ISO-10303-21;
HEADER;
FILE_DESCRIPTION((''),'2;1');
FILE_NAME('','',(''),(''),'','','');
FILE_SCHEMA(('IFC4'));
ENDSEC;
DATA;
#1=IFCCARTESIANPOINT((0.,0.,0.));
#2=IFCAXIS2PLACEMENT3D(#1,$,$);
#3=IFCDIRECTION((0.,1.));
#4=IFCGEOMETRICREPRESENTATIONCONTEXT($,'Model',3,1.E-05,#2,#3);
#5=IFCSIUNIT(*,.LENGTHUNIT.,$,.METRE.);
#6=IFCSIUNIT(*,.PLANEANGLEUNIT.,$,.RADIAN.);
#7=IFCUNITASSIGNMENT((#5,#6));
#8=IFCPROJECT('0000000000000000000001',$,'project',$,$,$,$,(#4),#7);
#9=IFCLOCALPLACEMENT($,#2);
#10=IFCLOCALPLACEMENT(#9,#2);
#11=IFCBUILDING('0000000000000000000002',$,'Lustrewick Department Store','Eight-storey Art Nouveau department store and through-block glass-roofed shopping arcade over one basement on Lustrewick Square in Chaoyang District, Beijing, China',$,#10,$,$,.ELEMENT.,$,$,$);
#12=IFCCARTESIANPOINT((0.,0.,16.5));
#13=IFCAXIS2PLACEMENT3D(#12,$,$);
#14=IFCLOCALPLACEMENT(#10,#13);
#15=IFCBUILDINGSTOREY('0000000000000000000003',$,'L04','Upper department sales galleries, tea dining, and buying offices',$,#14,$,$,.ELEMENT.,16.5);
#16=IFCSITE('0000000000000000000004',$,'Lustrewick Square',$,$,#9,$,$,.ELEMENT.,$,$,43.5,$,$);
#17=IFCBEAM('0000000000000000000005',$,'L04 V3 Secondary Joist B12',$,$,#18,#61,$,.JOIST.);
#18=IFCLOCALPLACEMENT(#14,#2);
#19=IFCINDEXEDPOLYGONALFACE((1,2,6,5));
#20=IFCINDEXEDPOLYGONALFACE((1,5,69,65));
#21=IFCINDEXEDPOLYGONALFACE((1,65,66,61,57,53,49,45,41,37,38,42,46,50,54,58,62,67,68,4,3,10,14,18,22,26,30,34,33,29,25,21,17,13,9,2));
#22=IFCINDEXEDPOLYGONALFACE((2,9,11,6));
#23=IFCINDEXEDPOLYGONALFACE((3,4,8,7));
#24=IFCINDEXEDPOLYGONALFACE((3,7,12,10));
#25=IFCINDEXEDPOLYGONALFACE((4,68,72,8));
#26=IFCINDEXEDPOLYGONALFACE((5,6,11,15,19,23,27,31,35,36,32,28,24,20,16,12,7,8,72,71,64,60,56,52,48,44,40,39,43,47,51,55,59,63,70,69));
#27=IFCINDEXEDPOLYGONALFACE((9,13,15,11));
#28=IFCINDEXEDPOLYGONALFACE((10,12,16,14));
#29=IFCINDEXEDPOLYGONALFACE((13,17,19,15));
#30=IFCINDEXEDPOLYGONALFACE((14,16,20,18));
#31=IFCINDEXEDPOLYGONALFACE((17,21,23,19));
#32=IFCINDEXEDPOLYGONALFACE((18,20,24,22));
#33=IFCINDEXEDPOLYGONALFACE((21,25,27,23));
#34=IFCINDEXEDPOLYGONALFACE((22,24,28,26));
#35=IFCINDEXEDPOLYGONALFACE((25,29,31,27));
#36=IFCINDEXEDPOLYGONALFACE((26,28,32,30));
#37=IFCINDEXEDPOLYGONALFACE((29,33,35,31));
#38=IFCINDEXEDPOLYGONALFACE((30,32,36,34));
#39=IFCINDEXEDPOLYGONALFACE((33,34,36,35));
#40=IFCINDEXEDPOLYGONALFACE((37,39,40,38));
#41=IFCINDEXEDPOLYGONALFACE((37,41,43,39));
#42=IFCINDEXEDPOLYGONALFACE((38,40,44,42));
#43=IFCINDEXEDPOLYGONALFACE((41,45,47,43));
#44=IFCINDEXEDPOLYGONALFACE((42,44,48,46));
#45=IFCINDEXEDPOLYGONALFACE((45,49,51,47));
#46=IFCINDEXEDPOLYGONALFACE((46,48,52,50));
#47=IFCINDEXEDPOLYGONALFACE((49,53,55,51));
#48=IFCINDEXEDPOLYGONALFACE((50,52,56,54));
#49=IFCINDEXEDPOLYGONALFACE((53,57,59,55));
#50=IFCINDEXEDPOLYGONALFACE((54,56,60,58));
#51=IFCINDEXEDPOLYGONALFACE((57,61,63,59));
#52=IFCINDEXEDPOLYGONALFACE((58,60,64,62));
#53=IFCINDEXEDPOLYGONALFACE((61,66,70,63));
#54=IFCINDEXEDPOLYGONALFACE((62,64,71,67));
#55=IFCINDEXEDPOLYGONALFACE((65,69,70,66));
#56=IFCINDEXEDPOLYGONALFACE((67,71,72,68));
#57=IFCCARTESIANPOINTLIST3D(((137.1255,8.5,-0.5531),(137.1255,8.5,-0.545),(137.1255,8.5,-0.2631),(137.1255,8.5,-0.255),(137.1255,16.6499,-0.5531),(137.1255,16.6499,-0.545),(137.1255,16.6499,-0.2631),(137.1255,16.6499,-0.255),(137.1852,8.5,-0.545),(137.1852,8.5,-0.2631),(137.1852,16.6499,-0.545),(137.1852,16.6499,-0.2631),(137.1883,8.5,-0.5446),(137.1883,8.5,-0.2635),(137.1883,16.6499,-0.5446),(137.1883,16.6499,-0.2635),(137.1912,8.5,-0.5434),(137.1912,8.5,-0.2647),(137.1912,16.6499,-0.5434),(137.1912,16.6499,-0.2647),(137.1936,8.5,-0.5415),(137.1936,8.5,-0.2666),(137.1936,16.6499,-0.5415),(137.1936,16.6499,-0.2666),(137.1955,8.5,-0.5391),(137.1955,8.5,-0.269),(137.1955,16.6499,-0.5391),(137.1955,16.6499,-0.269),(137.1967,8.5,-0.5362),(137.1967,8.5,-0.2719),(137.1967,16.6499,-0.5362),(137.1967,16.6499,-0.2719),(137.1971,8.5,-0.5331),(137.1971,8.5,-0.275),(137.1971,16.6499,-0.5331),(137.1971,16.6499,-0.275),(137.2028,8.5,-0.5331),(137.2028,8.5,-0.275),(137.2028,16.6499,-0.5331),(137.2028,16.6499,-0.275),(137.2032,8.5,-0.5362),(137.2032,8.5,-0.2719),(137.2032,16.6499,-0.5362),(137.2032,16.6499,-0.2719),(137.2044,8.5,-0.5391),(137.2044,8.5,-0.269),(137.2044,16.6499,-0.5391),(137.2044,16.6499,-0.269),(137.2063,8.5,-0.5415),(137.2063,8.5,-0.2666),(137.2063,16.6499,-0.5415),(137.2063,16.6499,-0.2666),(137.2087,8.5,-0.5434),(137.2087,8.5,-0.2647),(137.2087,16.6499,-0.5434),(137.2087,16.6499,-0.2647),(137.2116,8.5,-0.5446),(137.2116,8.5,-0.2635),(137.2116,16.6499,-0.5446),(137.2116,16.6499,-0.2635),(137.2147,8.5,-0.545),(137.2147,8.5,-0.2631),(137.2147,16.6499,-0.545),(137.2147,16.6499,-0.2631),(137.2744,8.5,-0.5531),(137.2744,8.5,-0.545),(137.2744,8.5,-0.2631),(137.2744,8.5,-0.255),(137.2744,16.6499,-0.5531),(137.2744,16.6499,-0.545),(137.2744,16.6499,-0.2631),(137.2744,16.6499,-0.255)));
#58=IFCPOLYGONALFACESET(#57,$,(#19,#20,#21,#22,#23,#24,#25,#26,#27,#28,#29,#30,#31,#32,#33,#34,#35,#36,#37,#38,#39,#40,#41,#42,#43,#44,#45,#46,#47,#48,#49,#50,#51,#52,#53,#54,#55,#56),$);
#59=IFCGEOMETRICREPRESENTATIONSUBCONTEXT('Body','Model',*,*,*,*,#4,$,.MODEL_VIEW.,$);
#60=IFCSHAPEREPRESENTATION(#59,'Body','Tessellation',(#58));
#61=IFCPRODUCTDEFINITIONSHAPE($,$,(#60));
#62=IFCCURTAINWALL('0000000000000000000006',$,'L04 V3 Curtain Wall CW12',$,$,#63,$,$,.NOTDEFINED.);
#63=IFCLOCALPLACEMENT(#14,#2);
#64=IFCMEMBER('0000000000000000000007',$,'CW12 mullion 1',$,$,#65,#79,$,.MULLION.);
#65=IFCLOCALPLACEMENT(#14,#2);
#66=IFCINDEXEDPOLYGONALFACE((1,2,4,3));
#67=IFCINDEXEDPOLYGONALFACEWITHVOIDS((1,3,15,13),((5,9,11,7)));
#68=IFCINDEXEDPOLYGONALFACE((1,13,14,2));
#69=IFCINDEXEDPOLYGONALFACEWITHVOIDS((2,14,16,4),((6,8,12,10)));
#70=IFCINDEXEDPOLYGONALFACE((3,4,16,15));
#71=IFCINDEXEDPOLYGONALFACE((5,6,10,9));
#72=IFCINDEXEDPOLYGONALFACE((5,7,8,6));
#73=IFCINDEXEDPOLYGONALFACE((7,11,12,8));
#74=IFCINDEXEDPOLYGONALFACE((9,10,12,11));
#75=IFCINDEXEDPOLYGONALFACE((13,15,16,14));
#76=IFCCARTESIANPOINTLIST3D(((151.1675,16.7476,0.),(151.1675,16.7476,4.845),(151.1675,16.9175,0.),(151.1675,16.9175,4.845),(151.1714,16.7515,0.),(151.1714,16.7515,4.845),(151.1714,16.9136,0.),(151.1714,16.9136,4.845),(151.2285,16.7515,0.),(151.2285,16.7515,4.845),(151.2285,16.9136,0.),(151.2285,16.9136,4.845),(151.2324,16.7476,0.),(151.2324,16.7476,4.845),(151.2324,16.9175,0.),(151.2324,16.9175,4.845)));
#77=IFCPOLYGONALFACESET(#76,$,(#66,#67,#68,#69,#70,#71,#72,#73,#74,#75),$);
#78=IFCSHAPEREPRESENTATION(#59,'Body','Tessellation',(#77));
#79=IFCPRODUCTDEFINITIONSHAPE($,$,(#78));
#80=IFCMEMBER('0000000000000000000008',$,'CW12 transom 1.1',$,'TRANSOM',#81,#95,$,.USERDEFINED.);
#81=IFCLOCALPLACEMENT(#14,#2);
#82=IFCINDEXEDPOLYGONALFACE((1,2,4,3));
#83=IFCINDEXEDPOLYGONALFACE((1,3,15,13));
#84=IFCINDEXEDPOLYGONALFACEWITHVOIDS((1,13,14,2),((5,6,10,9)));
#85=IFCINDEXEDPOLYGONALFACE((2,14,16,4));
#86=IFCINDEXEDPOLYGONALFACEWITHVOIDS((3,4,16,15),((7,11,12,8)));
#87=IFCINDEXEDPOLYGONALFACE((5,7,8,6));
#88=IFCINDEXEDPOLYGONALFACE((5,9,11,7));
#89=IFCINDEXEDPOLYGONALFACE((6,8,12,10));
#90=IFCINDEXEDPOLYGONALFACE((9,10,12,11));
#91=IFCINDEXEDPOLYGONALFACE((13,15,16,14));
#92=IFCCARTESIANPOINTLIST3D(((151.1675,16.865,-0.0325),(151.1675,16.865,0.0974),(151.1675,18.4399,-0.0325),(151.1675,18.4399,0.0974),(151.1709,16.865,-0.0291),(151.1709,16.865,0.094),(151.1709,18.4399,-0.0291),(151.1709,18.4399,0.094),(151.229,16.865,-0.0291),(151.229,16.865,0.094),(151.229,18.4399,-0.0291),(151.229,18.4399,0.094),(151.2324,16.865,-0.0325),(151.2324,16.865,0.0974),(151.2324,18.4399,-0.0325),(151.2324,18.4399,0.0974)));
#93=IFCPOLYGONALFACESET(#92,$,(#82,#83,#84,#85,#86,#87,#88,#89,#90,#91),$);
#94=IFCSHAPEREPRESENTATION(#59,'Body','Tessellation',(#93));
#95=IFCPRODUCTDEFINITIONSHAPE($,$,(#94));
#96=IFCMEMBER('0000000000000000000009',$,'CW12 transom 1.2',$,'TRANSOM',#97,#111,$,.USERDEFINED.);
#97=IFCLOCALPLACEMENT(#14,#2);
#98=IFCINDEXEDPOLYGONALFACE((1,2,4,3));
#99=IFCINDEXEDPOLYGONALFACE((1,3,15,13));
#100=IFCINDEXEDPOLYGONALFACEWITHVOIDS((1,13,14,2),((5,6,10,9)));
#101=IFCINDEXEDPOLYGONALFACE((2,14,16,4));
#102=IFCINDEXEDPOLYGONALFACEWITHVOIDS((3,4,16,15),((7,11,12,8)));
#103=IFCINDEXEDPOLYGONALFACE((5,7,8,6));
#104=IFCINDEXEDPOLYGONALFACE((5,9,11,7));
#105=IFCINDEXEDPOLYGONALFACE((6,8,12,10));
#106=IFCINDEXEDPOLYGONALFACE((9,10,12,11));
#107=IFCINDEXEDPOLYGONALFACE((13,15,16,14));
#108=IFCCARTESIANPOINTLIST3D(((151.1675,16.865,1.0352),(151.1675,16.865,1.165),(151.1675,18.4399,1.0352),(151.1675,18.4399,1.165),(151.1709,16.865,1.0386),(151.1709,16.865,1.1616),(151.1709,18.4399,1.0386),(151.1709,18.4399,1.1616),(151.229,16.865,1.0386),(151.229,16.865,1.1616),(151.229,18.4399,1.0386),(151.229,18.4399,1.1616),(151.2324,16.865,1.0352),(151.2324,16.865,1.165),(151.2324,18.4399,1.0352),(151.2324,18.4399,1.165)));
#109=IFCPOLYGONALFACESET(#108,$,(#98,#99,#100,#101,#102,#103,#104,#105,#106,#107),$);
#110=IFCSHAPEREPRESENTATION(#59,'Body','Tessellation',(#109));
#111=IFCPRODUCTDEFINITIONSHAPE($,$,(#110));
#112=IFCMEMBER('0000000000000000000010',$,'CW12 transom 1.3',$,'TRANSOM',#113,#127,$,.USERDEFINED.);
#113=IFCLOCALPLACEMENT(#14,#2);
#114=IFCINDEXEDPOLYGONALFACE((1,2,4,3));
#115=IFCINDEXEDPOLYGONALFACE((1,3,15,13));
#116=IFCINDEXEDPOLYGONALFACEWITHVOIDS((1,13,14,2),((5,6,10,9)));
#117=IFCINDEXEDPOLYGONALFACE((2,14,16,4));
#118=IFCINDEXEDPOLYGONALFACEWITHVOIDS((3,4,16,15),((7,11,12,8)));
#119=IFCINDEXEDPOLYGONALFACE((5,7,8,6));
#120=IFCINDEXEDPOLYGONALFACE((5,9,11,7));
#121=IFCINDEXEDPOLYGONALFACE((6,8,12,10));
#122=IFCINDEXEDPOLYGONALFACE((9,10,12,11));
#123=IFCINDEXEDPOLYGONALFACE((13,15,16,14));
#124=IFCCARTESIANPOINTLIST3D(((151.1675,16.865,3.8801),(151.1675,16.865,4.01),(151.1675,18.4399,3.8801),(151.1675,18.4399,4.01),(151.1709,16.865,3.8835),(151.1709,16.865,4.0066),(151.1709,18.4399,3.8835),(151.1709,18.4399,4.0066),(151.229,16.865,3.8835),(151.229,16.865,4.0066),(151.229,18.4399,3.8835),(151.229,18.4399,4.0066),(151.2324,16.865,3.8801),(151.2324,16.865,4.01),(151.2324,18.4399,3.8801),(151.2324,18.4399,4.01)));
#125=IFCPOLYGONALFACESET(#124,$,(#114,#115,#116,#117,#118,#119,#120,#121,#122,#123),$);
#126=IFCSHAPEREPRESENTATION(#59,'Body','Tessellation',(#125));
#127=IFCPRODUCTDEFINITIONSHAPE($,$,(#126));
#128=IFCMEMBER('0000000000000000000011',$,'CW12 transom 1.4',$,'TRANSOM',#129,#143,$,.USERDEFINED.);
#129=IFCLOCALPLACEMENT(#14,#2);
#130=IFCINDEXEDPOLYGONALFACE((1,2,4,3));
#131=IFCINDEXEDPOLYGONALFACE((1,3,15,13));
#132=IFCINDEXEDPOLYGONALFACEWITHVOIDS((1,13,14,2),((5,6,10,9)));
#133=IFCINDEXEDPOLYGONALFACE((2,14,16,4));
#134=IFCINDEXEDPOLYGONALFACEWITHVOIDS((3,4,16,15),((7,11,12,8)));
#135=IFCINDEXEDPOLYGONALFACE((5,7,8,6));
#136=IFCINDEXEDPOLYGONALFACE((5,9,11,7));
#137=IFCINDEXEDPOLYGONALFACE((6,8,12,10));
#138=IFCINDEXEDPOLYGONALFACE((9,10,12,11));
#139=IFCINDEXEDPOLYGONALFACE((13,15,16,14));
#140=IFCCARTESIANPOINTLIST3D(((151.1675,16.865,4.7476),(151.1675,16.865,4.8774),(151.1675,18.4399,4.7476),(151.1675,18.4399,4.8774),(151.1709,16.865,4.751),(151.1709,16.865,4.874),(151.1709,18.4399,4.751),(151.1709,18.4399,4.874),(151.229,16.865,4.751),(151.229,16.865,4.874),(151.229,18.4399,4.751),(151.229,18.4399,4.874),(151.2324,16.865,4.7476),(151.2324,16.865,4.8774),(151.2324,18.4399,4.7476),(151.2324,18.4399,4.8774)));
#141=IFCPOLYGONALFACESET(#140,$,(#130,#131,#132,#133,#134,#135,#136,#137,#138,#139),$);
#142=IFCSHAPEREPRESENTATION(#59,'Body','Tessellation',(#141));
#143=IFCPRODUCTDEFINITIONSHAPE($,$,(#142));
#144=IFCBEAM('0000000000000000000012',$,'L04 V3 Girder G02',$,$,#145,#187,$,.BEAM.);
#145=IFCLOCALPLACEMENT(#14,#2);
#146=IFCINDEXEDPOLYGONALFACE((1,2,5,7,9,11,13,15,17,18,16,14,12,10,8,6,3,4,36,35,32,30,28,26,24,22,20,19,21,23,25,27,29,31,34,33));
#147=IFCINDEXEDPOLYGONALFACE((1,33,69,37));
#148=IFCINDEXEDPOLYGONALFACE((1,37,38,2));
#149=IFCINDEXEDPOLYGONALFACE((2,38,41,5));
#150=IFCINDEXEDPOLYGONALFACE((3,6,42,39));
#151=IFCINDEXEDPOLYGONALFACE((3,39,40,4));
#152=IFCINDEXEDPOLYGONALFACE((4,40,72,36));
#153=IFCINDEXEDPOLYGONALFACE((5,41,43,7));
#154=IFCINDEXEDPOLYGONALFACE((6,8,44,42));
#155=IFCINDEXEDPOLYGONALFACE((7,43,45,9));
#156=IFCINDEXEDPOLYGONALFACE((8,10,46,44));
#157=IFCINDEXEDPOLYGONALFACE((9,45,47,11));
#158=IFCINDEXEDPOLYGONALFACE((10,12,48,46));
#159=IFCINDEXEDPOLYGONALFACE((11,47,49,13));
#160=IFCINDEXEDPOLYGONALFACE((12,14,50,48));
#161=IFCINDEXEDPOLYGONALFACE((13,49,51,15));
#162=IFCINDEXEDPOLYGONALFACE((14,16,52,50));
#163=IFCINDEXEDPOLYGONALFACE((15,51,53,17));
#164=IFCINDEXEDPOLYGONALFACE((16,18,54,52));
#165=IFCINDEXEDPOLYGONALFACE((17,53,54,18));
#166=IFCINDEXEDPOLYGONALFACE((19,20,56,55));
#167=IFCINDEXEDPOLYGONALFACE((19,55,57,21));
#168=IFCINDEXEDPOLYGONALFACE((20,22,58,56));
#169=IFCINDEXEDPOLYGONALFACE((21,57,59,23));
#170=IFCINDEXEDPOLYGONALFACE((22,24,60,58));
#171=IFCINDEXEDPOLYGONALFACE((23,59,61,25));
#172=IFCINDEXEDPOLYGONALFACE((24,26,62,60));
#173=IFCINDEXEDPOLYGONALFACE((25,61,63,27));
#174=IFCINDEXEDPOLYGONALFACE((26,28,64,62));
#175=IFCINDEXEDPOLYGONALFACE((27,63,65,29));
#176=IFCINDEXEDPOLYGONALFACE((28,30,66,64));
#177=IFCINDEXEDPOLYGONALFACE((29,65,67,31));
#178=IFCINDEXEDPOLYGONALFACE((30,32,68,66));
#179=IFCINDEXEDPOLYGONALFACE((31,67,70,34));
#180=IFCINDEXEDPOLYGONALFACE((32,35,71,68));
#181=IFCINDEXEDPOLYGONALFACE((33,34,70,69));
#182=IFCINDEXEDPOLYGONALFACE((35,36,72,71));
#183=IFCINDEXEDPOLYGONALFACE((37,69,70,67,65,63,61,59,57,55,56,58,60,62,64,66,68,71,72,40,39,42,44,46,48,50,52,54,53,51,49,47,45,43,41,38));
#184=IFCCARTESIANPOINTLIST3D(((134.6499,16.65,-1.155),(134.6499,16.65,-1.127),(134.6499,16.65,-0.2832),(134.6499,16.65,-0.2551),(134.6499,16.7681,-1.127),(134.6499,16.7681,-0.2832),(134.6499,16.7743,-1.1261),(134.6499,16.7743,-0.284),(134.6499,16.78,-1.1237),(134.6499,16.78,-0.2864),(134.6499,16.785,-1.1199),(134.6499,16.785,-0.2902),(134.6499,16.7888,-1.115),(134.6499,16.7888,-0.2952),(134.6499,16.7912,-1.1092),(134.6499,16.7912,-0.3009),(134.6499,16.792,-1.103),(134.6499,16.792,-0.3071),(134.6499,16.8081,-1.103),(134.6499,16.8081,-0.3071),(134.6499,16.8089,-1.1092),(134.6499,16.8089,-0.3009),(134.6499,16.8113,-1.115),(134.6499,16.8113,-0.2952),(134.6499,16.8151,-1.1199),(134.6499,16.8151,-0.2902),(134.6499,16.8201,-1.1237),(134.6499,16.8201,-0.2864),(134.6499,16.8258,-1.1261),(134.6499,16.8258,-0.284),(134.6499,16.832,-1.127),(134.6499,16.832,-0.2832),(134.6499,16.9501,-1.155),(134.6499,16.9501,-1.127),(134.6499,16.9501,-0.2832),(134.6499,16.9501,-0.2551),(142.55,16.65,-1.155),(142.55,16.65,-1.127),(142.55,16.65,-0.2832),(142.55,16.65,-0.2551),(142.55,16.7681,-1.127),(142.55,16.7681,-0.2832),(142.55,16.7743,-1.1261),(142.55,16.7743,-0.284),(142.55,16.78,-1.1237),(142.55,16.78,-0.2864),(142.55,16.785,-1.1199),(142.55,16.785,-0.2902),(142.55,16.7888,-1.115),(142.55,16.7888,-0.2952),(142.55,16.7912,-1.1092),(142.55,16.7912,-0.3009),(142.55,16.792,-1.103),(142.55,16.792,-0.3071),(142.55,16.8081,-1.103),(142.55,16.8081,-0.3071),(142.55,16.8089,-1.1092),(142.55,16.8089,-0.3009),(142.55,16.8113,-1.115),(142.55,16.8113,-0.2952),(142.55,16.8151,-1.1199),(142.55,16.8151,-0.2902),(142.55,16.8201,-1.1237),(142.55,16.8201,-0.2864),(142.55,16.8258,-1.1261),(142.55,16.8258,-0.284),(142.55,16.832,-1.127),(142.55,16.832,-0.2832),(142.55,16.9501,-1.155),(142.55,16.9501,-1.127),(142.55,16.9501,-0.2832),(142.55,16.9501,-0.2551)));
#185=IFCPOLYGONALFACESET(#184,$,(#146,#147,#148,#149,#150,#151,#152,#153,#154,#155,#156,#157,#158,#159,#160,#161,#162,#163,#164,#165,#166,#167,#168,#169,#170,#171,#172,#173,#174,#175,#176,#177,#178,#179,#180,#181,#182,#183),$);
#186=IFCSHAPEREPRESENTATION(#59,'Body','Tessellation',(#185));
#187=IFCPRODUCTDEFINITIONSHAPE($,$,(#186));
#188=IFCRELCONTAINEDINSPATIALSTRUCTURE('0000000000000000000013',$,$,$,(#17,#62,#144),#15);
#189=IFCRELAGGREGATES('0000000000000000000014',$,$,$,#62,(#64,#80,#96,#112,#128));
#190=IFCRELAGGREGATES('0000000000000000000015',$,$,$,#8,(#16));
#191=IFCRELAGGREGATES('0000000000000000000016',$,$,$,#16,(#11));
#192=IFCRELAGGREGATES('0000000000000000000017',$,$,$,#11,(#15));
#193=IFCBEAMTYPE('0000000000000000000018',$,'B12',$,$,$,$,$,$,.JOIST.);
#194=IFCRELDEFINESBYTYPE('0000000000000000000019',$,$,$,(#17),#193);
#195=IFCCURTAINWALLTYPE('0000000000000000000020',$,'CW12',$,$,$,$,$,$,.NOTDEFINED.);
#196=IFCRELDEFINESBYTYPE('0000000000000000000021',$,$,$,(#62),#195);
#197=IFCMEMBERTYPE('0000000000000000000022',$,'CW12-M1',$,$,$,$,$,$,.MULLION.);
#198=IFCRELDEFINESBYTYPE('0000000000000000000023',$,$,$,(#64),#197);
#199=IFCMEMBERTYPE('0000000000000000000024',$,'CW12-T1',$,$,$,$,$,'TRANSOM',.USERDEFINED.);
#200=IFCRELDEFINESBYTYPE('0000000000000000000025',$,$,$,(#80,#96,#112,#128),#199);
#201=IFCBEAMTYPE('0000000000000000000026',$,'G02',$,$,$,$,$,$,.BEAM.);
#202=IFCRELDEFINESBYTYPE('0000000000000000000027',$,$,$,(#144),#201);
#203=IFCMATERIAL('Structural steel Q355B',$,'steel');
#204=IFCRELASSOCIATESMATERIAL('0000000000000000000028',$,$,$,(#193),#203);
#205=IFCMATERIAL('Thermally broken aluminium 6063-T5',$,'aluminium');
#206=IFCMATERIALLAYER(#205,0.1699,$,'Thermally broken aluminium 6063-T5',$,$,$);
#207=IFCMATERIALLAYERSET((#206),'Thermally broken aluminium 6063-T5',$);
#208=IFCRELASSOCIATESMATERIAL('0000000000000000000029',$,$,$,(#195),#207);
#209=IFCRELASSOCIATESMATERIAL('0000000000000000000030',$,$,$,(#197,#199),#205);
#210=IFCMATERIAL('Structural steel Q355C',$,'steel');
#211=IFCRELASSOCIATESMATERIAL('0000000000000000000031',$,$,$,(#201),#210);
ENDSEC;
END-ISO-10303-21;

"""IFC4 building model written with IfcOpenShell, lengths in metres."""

from ifc_helpers import new_model, si_unit, direction, frame, origin, origin_2d, place, context, subcontext, project, spatial, hollow_rectangle, i_section, extrude, material, layer, layer_set, material_profile, profile_set, type_object, element, aggregate, save


model = new_model("IFC4")

# Units and contexts
model_context = context("Model", 3, precision=1e-05, world=origin(), true_north=direction((0.0, 1.0)))
body_context = subcontext(model_context, "Body", "Model", "MODEL_VIEW")
ifc_project = project(units=[si_unit("LENGTHUNIT", "METRE"), si_unit("PLANEANGLEUNIT", "RADIAN")], contexts=[model_context])

# Site, building, storey
site_placement = place(None, origin())
site = spatial("IfcSite", under=ifc_project, at=site_placement, Name="Lustrewick Square", CompositionType="ELEMENT", RefElevation=43.5)
building_placement = place(site_placement, origin())
building = spatial("IfcBuilding", under=site, at=building_placement, Name="Lustrewick Department Store", Description="Eight-storey Art Nouveau department store and through-block glass-roofed shopping arcade over one basement on Lustrewick Square in Chaoyang District, Beijing, China", CompositionType="ELEMENT")
storey_placement = place(building_placement, frame((0.0, 0.0, 16.5)))
storey = spatial("IfcBuildingStorey", under=building, at=storey_placement, Name="L04", Description="Upper department sales galleries, tea dining, and buying offices", CompositionType="ELEMENT", Elevation=16.5)

# Shared definitions
ifc_material_1 = material(Name="Structural steel Q355C", Category="steel")

# Beam
ifc_material_2 = material(Name="Structural steel Q355B", Category="steel")
ifc_material_profile_1 = material_profile(ifc_material_2, i_section(OverallWidth=0.1489, OverallDepth=0.2981, WebThickness=0.0056, FlangeThickness=0.0081, FilletRadius=0.012, at=origin_2d()), Name="HN 298x149x5.5x8")
ifc_profile_set_1 = profile_set([ifc_material_profile_1], Name="Structural steel Q355B")
beam_type_1 = type_object("IfcBeamType", Name="B12", PredefinedType="JOIST", material=ifc_profile_set_1)
beam_1_placement = place(storey_placement, frame((137.2, 8.5, -0.4041), z_axis=(0.0, 1.0, 0.0), x_axis=(-1.0, 0.0, 0.0)))
element("IfcBeam", 1, at=beam_1_placement, inside=storey, type_object=beam_type_1, Name="L04 V3 Secondary Joist B12", PredefinedType="JOIST", context=body_context, shape_type="SweptSolid", body=[
    extrude(i_section(OverallWidth=0.1489, OverallDepth=0.2981, WebThickness=0.0056, FlangeThickness=0.0081, FilletRadius=0.012, at=origin_2d()), origin(), (0.0, 0.0, 1.0), 8.1499),
])

# Curtain wall, members
ifc_material_3 = material(Name="Thermally broken aluminium 6063-T5", Category="aluminium")
ifc_layer_1 = layer(ifc_material_3, 0.1699, Name="Thermally broken aluminium 6063-T5")
ifc_layer_set_1 = layer_set([ifc_layer_1], Name="Thermally broken aluminium 6063-T5")
curtain_wall_type = type_object("IfcCurtainWallType", Name="CW12", PredefinedType="NOTDEFINED", material=ifc_layer_set_1)
curtain_wall_placement = place(storey_placement, origin())
curtain_wall = element("IfcCurtainWall", 2, at=curtain_wall_placement, inside=storey, type_object=curtain_wall_type, Name="L04 V3 Curtain Wall CW12", PredefinedType="NOTDEFINED")
ifc_material_profile_2 = material_profile(ifc_material_3, hollow_rectangle(XDim=0.0649, YDim=0.1699, WallThickness=0.0039, at=origin_2d()), Name="ALU-M 65x170x4")
ifc_profile_set_2 = profile_set([ifc_material_profile_2], Name="Thermally broken aluminium 6063-T5")
member_type_1 = type_object("IfcMemberType", Name="CW12-M1", PredefinedType="MULLION", material=ifc_profile_set_2)
member_1_placement = place(storey_placement, frame((151.2, 16.8325, 0.0), z_axis=(0.0, 0.0, 1.0), x_axis=(-1.0, 0.0, 0.0)))
member_1 = element("IfcMember", 3, at=member_1_placement, type_object=member_type_1, Name="CW12 mullion 1", PredefinedType="MULLION", context=body_context, shape_type="SweptSolid", body=[
    extrude(hollow_rectangle(XDim=0.0649, YDim=0.1699, WallThickness=0.0039, at=origin_2d()), origin(), (0.0, 0.0, 1.0), 4.845),
])
ifc_material_profile_3 = material_profile(ifc_material_3, hollow_rectangle(XDim=0.0649, YDim=0.1299, WallThickness=0.0034, at=origin_2d()), Name="ALU-T 65x130x3.5")
ifc_profile_set_3 = profile_set([ifc_material_profile_3], Name="Thermally broken aluminium 6063-T5")
member_type_2 = type_object("IfcMemberType", Name="CW12-T1", ElementType="TRANSOM", PredefinedType="USERDEFINED", material=ifc_profile_set_3)
member_2_placement = place(storey_placement, frame((151.2, 16.865, 0.0325), z_axis=(0.0, 1.0, 0.0), x_axis=(-1.0, 0.0, 0.0)))
member_2 = element("IfcMember", 4, at=member_2_placement, type_object=member_type_2, Name="CW12 transom 1.1", ObjectType="TRANSOM", PredefinedType="USERDEFINED", context=body_context, shape_type="SweptSolid", body=[
    extrude(hollow_rectangle(XDim=0.0649, YDim=0.1299, WallThickness=0.0034, at=origin_2d()), origin(), (0.0, 0.0, 1.0), 1.575),
])
member_3_placement = place(storey_placement, frame((151.2, 16.865, 1.1001), z_axis=(0.0, 1.0, 0.0), x_axis=(-1.0, 0.0, 0.0)))
member_3 = element("IfcMember", 5, at=member_3_placement, type_object=member_type_2, Name="CW12 transom 1.2", ObjectType="TRANSOM", PredefinedType="USERDEFINED", context=body_context, shape_type="SweptSolid", body=[
    extrude(hollow_rectangle(XDim=0.0649, YDim=0.1299, WallThickness=0.0034, at=origin_2d()), origin(), (0.0, 0.0, 1.0), 1.575),
])
member_4_placement = place(storey_placement, frame((151.2, 16.865, 3.9451), z_axis=(0.0, 1.0, 0.0), x_axis=(-1.0, 0.0, 0.0)))
member_4 = element("IfcMember", 6, at=member_4_placement, type_object=member_type_2, Name="CW12 transom 1.3", ObjectType="TRANSOM", PredefinedType="USERDEFINED", context=body_context, shape_type="SweptSolid", body=[
    extrude(hollow_rectangle(XDim=0.0649, YDim=0.1299, WallThickness=0.0034, at=origin_2d()), origin(), (0.0, 0.0, 1.0), 1.575),
])
member_5_placement = place(storey_placement, frame((151.2, 16.865, 4.8125), z_axis=(0.0, 1.0, 0.0), x_axis=(-1.0, 0.0, 0.0)))
member_5 = element("IfcMember", 7, at=member_5_placement, type_object=member_type_2, Name="CW12 transom 1.4", ObjectType="TRANSOM", PredefinedType="USERDEFINED", context=body_context, shape_type="SweptSolid", body=[
    extrude(hollow_rectangle(XDim=0.0649, YDim=0.1299, WallThickness=0.0034, at=origin_2d()), origin(), (0.0, 0.0, 1.0), 1.575),
])

# Beam
ifc_material_profile_4 = material_profile(ifc_material_1, i_section(OverallWidth=0.3, OverallDepth=0.8999, WebThickness=0.0161, FlangeThickness=0.0281, FilletRadius=0.0239, at=origin_2d()), Name="HN 900x300x16x28")
ifc_profile_set_4 = profile_set([ifc_material_profile_4], Name="Structural steel Q355C")
beam_type_2 = type_object("IfcBeamType", Name="G02", PredefinedType="BEAM", material=ifc_profile_set_4)
beam_2_placement = place(storey_placement, frame((134.6499, 16.8, -0.7051), z_axis=(1.0, 0.0, 0.0), x_axis=(0.0, 1.0, 0.0)))
element("IfcBeam", 8, at=beam_2_placement, inside=storey, type_object=beam_type_2, Name="L04 V3 Girder G02", PredefinedType="BEAM", context=body_context, shape_type="SweptSolid", body=[
    extrude(i_section(OverallWidth=0.3, OverallDepth=0.8999, WebThickness=0.0161, FlangeThickness=0.0281, FilletRadius=0.0239, at=origin_2d()), origin(), (0.0, 0.0, 1.0), 7.9001),
])

aggregate(curtain_wall, [member_1, member_2, member_3, member_4, member_5])

save(model, "model.ifc")
